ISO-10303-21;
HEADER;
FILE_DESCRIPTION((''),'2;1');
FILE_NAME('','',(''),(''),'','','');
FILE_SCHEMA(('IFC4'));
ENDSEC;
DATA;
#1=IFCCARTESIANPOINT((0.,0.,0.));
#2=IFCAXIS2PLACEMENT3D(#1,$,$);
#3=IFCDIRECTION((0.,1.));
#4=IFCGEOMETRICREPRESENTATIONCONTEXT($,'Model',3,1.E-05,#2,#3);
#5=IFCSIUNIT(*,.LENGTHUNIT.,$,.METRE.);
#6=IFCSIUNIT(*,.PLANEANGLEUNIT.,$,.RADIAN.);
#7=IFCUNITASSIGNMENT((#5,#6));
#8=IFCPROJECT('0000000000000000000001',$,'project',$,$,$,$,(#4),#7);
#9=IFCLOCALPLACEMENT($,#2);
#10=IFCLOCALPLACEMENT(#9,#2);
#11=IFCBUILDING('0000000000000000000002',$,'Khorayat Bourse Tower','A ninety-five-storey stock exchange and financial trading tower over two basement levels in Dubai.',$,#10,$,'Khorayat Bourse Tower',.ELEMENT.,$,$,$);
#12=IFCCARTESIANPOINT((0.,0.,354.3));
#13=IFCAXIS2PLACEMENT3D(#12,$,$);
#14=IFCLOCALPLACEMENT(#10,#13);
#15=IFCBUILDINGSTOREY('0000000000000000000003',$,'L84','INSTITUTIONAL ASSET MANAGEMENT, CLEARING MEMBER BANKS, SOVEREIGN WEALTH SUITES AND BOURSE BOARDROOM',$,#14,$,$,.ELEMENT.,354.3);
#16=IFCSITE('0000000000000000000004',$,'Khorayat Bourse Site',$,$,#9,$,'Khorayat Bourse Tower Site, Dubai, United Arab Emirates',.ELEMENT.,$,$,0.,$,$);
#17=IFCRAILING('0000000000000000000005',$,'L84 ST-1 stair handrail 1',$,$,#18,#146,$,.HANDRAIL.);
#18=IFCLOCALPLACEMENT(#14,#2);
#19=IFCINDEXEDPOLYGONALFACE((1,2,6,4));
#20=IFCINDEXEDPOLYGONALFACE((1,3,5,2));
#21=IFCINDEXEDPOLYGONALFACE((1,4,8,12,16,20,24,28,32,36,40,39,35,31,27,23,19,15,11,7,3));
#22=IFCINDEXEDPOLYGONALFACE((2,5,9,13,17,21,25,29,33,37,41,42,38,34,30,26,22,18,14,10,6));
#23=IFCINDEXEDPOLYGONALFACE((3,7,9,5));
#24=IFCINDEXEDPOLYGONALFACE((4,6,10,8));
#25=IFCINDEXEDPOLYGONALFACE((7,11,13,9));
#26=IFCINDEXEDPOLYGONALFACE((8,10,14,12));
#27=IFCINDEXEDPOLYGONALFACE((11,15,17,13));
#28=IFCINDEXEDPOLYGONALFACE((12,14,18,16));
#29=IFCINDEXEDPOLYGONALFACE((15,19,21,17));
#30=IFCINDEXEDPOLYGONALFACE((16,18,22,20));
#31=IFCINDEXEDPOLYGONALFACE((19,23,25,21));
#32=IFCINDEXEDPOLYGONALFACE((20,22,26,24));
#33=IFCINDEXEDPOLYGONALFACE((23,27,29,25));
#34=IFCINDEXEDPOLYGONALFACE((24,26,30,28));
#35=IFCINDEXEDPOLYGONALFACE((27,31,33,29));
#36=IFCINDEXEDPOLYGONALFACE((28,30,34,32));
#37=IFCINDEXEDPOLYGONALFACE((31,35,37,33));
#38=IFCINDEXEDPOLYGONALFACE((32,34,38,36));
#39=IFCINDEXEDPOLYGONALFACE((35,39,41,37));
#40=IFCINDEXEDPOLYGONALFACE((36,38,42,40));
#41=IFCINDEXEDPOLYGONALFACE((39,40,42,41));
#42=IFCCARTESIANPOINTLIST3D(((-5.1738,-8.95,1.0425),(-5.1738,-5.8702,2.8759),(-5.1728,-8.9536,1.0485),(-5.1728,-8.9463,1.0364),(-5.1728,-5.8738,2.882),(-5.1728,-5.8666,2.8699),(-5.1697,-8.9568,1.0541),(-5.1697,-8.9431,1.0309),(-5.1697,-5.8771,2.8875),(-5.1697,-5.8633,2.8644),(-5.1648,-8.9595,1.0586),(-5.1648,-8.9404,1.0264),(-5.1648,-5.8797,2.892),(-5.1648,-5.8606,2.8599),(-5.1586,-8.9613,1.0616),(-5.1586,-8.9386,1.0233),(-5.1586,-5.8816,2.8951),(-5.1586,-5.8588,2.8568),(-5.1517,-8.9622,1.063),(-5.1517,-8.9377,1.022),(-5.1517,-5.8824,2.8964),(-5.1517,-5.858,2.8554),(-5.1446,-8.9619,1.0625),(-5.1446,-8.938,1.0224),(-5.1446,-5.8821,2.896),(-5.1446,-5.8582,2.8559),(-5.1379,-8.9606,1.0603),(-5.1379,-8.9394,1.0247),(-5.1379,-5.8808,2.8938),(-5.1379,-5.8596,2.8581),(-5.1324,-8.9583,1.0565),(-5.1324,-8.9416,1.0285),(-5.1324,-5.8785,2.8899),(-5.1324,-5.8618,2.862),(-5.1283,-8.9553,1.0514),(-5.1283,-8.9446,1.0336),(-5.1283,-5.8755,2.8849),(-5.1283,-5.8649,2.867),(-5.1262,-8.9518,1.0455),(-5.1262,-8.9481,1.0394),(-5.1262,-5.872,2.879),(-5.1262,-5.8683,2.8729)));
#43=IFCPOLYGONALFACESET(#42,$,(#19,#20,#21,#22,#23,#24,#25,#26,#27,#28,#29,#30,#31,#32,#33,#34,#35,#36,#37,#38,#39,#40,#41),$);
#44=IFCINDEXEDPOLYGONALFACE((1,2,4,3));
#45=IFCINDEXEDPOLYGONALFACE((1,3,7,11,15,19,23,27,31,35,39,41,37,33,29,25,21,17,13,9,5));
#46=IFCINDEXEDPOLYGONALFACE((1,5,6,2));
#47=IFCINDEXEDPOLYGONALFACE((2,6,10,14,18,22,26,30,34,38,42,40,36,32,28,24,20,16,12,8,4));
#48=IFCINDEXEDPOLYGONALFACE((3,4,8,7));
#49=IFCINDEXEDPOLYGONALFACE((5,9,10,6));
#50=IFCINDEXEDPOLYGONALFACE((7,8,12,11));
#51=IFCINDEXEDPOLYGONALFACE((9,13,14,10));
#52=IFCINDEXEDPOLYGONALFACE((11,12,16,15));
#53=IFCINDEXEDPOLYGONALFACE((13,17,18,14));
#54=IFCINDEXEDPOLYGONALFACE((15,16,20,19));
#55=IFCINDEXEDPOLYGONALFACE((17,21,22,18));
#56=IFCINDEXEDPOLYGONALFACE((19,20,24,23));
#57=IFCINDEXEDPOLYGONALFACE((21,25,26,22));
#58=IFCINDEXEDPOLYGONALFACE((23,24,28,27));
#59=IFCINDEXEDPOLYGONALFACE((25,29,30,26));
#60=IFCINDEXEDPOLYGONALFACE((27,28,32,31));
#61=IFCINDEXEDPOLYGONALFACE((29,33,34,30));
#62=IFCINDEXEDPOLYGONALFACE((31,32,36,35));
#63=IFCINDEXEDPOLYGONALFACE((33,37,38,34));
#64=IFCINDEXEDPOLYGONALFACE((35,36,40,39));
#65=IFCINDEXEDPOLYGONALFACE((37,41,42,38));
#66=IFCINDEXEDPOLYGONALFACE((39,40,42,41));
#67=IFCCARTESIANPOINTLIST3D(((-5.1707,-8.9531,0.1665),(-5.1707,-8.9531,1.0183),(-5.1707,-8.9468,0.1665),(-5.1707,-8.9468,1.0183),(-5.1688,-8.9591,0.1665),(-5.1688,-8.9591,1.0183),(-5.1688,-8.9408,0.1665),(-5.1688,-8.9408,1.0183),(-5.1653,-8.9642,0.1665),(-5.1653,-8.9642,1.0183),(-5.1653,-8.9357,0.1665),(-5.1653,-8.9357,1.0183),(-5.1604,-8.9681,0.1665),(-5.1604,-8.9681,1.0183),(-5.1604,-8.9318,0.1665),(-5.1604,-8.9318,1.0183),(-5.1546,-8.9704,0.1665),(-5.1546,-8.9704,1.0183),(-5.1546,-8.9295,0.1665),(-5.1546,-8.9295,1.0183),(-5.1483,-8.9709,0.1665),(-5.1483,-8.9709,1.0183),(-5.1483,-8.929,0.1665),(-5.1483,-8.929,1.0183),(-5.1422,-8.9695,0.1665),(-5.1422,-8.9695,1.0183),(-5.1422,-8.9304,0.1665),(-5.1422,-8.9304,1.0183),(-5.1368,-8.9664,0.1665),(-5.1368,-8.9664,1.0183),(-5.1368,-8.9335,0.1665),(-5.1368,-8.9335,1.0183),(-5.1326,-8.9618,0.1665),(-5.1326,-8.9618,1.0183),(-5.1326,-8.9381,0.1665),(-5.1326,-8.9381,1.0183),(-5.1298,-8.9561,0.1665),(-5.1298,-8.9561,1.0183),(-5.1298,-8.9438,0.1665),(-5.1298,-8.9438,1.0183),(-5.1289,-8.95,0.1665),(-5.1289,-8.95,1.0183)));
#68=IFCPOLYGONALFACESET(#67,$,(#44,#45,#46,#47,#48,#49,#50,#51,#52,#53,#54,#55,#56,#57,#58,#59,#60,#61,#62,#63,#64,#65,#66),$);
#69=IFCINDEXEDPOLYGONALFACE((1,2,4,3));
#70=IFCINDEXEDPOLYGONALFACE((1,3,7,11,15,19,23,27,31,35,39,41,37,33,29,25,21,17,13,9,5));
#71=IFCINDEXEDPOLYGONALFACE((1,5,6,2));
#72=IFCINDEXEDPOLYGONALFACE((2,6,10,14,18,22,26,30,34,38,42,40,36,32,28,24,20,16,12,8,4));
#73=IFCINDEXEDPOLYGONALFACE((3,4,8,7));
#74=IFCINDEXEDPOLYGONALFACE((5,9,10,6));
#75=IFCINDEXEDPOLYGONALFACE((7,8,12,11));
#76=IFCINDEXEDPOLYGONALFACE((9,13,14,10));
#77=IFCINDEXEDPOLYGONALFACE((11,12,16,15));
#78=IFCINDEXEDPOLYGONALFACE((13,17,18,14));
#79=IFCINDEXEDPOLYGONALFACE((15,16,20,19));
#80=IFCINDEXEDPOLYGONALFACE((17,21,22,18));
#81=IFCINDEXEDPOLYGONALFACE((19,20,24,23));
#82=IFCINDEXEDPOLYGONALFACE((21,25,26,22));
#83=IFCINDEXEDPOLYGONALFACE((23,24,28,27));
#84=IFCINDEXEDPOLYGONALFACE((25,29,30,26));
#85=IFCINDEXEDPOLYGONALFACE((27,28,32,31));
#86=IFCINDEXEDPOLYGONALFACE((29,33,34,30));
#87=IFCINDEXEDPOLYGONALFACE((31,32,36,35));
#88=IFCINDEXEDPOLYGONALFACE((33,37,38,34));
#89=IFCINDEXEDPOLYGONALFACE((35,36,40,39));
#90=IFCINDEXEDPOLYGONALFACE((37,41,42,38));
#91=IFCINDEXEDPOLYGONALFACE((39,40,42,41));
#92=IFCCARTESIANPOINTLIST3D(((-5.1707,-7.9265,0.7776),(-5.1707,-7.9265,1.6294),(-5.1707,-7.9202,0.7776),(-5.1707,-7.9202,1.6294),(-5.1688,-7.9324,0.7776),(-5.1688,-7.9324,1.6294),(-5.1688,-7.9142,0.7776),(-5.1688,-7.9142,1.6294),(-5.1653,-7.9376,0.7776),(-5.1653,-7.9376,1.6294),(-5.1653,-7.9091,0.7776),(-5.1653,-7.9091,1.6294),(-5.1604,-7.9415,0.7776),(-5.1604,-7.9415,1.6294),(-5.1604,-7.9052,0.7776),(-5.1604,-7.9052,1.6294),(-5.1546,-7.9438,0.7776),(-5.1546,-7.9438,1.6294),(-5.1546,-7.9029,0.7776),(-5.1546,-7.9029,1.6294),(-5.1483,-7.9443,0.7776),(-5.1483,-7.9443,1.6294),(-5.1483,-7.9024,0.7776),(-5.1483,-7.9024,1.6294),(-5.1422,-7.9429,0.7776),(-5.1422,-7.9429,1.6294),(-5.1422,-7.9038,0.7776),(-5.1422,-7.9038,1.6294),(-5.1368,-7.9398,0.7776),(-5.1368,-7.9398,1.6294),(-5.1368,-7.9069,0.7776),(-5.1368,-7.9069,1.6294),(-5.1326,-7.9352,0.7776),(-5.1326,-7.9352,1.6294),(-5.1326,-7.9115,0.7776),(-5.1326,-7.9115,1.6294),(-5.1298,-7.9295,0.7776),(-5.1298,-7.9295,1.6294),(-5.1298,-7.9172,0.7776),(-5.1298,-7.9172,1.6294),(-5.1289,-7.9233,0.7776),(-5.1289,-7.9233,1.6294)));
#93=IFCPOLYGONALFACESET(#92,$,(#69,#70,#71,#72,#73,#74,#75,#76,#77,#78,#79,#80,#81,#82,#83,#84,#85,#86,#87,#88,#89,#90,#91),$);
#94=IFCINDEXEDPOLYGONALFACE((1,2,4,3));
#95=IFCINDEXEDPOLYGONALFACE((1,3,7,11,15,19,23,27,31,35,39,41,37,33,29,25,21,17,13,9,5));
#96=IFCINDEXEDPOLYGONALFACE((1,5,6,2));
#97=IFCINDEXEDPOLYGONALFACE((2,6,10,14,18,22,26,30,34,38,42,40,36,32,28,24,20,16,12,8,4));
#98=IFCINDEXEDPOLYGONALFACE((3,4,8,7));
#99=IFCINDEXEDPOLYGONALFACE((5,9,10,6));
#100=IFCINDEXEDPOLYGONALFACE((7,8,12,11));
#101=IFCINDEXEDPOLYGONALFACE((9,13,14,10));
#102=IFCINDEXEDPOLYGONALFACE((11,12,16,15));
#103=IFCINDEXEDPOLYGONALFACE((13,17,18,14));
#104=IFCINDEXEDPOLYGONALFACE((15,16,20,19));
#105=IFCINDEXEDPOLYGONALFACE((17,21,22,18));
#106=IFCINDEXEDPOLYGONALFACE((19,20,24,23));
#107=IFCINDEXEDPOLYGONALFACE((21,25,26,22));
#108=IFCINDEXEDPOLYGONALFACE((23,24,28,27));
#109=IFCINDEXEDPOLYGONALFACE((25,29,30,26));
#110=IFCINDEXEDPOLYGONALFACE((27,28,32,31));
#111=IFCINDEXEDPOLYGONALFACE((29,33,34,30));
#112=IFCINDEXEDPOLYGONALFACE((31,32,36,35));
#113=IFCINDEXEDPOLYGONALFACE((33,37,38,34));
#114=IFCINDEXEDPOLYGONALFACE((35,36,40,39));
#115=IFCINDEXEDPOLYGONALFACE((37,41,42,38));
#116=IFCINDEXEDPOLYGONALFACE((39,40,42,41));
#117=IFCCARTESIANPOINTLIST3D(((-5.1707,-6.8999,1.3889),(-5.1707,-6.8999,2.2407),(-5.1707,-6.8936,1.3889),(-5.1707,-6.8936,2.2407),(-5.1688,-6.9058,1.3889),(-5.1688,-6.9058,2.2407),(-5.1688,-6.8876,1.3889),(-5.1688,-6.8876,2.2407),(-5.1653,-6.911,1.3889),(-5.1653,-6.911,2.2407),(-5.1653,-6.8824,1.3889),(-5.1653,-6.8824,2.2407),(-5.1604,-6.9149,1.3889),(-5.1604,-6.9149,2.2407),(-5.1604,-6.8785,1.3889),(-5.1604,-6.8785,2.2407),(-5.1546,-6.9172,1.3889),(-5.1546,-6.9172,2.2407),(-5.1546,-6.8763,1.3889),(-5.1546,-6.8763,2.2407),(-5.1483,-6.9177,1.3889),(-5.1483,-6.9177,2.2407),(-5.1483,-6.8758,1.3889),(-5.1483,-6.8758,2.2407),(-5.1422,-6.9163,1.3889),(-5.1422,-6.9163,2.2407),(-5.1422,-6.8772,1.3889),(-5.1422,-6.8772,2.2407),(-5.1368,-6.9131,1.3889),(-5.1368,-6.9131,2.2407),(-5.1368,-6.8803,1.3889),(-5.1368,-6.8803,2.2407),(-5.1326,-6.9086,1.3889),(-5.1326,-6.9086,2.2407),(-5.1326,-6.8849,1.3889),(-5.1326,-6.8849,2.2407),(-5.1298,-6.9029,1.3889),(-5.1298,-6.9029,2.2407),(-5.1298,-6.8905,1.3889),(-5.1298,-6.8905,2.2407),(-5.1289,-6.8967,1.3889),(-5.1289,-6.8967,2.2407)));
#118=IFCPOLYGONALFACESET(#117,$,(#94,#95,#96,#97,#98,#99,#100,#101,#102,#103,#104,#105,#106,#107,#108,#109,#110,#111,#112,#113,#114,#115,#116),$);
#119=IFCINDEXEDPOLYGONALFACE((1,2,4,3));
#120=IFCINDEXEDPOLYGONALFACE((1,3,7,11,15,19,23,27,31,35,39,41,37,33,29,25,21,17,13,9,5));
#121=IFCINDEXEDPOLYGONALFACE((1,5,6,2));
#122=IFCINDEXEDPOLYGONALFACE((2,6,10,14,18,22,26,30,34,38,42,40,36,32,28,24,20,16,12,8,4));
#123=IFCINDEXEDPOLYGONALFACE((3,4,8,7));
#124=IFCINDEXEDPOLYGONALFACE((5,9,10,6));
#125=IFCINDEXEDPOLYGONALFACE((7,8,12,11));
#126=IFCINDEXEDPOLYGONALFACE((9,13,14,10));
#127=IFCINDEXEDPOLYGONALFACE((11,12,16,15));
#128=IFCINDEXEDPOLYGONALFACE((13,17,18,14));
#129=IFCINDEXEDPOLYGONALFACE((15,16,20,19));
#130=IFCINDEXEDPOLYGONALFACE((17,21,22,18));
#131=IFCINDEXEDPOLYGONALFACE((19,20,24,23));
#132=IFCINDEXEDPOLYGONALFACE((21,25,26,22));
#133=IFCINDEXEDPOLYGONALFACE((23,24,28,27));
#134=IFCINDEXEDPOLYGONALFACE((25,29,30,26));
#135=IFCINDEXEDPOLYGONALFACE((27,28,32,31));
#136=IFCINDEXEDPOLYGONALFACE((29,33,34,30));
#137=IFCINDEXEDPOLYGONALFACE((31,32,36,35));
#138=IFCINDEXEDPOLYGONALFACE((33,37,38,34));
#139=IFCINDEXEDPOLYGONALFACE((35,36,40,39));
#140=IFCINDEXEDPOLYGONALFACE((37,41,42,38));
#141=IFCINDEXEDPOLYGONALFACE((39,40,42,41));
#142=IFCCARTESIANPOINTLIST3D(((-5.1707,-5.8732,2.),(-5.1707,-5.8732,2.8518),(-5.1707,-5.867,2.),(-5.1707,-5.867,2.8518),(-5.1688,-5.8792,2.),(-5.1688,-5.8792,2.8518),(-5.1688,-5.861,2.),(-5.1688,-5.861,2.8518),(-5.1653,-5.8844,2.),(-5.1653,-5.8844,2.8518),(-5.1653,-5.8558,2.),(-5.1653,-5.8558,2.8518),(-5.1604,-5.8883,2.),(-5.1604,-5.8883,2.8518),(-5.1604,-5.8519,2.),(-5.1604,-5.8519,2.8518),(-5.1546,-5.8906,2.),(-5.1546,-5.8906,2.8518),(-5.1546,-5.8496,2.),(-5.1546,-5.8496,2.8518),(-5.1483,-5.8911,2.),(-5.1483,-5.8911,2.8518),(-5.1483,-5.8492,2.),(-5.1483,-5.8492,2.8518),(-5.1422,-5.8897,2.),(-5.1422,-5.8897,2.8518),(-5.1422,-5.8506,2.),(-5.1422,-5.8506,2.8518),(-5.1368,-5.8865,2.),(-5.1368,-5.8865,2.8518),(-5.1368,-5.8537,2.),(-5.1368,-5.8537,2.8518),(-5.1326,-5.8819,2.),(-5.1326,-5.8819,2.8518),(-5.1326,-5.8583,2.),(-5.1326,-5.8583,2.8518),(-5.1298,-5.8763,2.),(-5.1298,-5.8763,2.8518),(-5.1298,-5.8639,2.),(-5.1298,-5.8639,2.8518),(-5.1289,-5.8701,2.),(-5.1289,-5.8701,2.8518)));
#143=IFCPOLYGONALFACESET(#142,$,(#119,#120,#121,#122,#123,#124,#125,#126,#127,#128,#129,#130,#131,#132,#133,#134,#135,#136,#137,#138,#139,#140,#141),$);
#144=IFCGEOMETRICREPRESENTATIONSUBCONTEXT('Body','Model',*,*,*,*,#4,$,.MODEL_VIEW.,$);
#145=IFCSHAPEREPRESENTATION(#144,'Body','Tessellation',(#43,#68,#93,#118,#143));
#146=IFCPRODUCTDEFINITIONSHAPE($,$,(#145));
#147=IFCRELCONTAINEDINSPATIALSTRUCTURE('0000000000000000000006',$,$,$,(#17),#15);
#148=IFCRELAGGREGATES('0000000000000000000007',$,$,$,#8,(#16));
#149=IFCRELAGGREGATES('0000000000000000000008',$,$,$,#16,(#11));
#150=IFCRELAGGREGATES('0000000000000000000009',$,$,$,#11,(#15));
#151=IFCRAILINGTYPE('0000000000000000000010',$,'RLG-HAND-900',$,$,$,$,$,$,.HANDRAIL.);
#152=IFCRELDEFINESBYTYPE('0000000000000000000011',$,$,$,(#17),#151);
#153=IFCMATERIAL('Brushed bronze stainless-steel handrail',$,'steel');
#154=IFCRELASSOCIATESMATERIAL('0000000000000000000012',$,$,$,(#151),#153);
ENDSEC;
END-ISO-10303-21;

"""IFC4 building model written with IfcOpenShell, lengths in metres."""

from ifc_helpers import new_model, si_unit, direction, frame, origin, origin_2d, place, context, subcontext, project, spatial, circle, extrude, source, transform, mapped, material, type_object, element, save


model = new_model("IFC4")

# Units and contexts
model_context = context("Model", 3, precision=1e-05, world=origin(), true_north=direction((0.0, 1.0)))
body_context = subcontext(model_context, "Body", "Model", "MODEL_VIEW")
ifc_project = project(units=[si_unit("LENGTHUNIT", "METRE"), si_unit("PLANEANGLEUNIT", "RADIAN")], contexts=[model_context])

# Site, building, storey
site_placement = place(None, origin())
site = spatial("IfcSite", under=ifc_project, at=site_placement, Name="Khorayat Bourse Site", LongName="Khorayat Bourse Tower Site, Dubai, United Arab Emirates", CompositionType="ELEMENT", RefElevation=0.0)
building_placement = place(site_placement, origin())
building = spatial("IfcBuilding", under=site, at=building_placement, Name="Khorayat Bourse Tower", Description="A ninety-five-storey stock exchange and financial trading tower over two basement levels in Dubai.", LongName="Khorayat Bourse Tower", CompositionType="ELEMENT")
storey_placement = place(building_placement, frame((0.0, 0.0, 354.3)))
storey = spatial("IfcBuildingStorey", under=building, at=storey_placement, Name="L84", Description="INSTITUTIONAL ASSET MANAGEMENT, CLEARING MEMBER BANKS, SOVEREIGN WEALTH SUITES AND BOURSE BOARDROOM", CompositionType="ELEMENT", Elevation=354.3)

# Railing
ifc_material_1 = material(Name="Brushed bronze stainless-steel handrail", Category="steel")
railing_type_1 = type_object("IfcRailingType", Name="RLG-HAND-900", PredefinedType="HANDRAIL", material=ifc_material_1)
shared_shape_1 = source(origin(), body_context, "Body", "SweptSolid", [
    extrude(circle(Radius=0.0239, at=origin_2d()), frame((0.0, 0.0, 0.876), z_axis=(0.0, 0.859261, 0.511538), x_axis=(-1.0, 0.0, 0.0)), (0.0, 0.0, 1.0), 3.5842),
    extrude(circle(Radius=0.021, at=origin_2d()), origin(), (0.0, 0.0, 1.0), 0.8518),
    extrude(circle(Radius=0.021, at=origin_2d()), frame((0.0, 1.0266, 0.6111)), (0.0, 0.0, 1.0), 0.8518),
    extrude(circle(Radius=0.021, at=origin_2d()), frame((0.0, 2.0532, 1.2224)), (0.0, 0.0, 1.0), 0.8518),
    extrude(circle(Radius=0.021, at=origin_2d()), frame((0.0, 3.0798, 1.8335)), (0.0, 0.0, 1.0), 0.8518),
])
railing_1_placement = place(storey_placement, frame((-5.1499, -8.95, 0.1665)))
element("IfcRailing", 1, at=railing_1_placement, inside=storey, type_object=railing_type_1, Name="L84 ST-1 stair handrail 1", PredefinedType="HANDRAIL", context=body_context, shape_type="MappedRepresentation", body=[
    mapped(shared_shape_1, transform((0.0, 0.0, 0.0), scale=1.0)),
])

save(model, "model.ifc")
